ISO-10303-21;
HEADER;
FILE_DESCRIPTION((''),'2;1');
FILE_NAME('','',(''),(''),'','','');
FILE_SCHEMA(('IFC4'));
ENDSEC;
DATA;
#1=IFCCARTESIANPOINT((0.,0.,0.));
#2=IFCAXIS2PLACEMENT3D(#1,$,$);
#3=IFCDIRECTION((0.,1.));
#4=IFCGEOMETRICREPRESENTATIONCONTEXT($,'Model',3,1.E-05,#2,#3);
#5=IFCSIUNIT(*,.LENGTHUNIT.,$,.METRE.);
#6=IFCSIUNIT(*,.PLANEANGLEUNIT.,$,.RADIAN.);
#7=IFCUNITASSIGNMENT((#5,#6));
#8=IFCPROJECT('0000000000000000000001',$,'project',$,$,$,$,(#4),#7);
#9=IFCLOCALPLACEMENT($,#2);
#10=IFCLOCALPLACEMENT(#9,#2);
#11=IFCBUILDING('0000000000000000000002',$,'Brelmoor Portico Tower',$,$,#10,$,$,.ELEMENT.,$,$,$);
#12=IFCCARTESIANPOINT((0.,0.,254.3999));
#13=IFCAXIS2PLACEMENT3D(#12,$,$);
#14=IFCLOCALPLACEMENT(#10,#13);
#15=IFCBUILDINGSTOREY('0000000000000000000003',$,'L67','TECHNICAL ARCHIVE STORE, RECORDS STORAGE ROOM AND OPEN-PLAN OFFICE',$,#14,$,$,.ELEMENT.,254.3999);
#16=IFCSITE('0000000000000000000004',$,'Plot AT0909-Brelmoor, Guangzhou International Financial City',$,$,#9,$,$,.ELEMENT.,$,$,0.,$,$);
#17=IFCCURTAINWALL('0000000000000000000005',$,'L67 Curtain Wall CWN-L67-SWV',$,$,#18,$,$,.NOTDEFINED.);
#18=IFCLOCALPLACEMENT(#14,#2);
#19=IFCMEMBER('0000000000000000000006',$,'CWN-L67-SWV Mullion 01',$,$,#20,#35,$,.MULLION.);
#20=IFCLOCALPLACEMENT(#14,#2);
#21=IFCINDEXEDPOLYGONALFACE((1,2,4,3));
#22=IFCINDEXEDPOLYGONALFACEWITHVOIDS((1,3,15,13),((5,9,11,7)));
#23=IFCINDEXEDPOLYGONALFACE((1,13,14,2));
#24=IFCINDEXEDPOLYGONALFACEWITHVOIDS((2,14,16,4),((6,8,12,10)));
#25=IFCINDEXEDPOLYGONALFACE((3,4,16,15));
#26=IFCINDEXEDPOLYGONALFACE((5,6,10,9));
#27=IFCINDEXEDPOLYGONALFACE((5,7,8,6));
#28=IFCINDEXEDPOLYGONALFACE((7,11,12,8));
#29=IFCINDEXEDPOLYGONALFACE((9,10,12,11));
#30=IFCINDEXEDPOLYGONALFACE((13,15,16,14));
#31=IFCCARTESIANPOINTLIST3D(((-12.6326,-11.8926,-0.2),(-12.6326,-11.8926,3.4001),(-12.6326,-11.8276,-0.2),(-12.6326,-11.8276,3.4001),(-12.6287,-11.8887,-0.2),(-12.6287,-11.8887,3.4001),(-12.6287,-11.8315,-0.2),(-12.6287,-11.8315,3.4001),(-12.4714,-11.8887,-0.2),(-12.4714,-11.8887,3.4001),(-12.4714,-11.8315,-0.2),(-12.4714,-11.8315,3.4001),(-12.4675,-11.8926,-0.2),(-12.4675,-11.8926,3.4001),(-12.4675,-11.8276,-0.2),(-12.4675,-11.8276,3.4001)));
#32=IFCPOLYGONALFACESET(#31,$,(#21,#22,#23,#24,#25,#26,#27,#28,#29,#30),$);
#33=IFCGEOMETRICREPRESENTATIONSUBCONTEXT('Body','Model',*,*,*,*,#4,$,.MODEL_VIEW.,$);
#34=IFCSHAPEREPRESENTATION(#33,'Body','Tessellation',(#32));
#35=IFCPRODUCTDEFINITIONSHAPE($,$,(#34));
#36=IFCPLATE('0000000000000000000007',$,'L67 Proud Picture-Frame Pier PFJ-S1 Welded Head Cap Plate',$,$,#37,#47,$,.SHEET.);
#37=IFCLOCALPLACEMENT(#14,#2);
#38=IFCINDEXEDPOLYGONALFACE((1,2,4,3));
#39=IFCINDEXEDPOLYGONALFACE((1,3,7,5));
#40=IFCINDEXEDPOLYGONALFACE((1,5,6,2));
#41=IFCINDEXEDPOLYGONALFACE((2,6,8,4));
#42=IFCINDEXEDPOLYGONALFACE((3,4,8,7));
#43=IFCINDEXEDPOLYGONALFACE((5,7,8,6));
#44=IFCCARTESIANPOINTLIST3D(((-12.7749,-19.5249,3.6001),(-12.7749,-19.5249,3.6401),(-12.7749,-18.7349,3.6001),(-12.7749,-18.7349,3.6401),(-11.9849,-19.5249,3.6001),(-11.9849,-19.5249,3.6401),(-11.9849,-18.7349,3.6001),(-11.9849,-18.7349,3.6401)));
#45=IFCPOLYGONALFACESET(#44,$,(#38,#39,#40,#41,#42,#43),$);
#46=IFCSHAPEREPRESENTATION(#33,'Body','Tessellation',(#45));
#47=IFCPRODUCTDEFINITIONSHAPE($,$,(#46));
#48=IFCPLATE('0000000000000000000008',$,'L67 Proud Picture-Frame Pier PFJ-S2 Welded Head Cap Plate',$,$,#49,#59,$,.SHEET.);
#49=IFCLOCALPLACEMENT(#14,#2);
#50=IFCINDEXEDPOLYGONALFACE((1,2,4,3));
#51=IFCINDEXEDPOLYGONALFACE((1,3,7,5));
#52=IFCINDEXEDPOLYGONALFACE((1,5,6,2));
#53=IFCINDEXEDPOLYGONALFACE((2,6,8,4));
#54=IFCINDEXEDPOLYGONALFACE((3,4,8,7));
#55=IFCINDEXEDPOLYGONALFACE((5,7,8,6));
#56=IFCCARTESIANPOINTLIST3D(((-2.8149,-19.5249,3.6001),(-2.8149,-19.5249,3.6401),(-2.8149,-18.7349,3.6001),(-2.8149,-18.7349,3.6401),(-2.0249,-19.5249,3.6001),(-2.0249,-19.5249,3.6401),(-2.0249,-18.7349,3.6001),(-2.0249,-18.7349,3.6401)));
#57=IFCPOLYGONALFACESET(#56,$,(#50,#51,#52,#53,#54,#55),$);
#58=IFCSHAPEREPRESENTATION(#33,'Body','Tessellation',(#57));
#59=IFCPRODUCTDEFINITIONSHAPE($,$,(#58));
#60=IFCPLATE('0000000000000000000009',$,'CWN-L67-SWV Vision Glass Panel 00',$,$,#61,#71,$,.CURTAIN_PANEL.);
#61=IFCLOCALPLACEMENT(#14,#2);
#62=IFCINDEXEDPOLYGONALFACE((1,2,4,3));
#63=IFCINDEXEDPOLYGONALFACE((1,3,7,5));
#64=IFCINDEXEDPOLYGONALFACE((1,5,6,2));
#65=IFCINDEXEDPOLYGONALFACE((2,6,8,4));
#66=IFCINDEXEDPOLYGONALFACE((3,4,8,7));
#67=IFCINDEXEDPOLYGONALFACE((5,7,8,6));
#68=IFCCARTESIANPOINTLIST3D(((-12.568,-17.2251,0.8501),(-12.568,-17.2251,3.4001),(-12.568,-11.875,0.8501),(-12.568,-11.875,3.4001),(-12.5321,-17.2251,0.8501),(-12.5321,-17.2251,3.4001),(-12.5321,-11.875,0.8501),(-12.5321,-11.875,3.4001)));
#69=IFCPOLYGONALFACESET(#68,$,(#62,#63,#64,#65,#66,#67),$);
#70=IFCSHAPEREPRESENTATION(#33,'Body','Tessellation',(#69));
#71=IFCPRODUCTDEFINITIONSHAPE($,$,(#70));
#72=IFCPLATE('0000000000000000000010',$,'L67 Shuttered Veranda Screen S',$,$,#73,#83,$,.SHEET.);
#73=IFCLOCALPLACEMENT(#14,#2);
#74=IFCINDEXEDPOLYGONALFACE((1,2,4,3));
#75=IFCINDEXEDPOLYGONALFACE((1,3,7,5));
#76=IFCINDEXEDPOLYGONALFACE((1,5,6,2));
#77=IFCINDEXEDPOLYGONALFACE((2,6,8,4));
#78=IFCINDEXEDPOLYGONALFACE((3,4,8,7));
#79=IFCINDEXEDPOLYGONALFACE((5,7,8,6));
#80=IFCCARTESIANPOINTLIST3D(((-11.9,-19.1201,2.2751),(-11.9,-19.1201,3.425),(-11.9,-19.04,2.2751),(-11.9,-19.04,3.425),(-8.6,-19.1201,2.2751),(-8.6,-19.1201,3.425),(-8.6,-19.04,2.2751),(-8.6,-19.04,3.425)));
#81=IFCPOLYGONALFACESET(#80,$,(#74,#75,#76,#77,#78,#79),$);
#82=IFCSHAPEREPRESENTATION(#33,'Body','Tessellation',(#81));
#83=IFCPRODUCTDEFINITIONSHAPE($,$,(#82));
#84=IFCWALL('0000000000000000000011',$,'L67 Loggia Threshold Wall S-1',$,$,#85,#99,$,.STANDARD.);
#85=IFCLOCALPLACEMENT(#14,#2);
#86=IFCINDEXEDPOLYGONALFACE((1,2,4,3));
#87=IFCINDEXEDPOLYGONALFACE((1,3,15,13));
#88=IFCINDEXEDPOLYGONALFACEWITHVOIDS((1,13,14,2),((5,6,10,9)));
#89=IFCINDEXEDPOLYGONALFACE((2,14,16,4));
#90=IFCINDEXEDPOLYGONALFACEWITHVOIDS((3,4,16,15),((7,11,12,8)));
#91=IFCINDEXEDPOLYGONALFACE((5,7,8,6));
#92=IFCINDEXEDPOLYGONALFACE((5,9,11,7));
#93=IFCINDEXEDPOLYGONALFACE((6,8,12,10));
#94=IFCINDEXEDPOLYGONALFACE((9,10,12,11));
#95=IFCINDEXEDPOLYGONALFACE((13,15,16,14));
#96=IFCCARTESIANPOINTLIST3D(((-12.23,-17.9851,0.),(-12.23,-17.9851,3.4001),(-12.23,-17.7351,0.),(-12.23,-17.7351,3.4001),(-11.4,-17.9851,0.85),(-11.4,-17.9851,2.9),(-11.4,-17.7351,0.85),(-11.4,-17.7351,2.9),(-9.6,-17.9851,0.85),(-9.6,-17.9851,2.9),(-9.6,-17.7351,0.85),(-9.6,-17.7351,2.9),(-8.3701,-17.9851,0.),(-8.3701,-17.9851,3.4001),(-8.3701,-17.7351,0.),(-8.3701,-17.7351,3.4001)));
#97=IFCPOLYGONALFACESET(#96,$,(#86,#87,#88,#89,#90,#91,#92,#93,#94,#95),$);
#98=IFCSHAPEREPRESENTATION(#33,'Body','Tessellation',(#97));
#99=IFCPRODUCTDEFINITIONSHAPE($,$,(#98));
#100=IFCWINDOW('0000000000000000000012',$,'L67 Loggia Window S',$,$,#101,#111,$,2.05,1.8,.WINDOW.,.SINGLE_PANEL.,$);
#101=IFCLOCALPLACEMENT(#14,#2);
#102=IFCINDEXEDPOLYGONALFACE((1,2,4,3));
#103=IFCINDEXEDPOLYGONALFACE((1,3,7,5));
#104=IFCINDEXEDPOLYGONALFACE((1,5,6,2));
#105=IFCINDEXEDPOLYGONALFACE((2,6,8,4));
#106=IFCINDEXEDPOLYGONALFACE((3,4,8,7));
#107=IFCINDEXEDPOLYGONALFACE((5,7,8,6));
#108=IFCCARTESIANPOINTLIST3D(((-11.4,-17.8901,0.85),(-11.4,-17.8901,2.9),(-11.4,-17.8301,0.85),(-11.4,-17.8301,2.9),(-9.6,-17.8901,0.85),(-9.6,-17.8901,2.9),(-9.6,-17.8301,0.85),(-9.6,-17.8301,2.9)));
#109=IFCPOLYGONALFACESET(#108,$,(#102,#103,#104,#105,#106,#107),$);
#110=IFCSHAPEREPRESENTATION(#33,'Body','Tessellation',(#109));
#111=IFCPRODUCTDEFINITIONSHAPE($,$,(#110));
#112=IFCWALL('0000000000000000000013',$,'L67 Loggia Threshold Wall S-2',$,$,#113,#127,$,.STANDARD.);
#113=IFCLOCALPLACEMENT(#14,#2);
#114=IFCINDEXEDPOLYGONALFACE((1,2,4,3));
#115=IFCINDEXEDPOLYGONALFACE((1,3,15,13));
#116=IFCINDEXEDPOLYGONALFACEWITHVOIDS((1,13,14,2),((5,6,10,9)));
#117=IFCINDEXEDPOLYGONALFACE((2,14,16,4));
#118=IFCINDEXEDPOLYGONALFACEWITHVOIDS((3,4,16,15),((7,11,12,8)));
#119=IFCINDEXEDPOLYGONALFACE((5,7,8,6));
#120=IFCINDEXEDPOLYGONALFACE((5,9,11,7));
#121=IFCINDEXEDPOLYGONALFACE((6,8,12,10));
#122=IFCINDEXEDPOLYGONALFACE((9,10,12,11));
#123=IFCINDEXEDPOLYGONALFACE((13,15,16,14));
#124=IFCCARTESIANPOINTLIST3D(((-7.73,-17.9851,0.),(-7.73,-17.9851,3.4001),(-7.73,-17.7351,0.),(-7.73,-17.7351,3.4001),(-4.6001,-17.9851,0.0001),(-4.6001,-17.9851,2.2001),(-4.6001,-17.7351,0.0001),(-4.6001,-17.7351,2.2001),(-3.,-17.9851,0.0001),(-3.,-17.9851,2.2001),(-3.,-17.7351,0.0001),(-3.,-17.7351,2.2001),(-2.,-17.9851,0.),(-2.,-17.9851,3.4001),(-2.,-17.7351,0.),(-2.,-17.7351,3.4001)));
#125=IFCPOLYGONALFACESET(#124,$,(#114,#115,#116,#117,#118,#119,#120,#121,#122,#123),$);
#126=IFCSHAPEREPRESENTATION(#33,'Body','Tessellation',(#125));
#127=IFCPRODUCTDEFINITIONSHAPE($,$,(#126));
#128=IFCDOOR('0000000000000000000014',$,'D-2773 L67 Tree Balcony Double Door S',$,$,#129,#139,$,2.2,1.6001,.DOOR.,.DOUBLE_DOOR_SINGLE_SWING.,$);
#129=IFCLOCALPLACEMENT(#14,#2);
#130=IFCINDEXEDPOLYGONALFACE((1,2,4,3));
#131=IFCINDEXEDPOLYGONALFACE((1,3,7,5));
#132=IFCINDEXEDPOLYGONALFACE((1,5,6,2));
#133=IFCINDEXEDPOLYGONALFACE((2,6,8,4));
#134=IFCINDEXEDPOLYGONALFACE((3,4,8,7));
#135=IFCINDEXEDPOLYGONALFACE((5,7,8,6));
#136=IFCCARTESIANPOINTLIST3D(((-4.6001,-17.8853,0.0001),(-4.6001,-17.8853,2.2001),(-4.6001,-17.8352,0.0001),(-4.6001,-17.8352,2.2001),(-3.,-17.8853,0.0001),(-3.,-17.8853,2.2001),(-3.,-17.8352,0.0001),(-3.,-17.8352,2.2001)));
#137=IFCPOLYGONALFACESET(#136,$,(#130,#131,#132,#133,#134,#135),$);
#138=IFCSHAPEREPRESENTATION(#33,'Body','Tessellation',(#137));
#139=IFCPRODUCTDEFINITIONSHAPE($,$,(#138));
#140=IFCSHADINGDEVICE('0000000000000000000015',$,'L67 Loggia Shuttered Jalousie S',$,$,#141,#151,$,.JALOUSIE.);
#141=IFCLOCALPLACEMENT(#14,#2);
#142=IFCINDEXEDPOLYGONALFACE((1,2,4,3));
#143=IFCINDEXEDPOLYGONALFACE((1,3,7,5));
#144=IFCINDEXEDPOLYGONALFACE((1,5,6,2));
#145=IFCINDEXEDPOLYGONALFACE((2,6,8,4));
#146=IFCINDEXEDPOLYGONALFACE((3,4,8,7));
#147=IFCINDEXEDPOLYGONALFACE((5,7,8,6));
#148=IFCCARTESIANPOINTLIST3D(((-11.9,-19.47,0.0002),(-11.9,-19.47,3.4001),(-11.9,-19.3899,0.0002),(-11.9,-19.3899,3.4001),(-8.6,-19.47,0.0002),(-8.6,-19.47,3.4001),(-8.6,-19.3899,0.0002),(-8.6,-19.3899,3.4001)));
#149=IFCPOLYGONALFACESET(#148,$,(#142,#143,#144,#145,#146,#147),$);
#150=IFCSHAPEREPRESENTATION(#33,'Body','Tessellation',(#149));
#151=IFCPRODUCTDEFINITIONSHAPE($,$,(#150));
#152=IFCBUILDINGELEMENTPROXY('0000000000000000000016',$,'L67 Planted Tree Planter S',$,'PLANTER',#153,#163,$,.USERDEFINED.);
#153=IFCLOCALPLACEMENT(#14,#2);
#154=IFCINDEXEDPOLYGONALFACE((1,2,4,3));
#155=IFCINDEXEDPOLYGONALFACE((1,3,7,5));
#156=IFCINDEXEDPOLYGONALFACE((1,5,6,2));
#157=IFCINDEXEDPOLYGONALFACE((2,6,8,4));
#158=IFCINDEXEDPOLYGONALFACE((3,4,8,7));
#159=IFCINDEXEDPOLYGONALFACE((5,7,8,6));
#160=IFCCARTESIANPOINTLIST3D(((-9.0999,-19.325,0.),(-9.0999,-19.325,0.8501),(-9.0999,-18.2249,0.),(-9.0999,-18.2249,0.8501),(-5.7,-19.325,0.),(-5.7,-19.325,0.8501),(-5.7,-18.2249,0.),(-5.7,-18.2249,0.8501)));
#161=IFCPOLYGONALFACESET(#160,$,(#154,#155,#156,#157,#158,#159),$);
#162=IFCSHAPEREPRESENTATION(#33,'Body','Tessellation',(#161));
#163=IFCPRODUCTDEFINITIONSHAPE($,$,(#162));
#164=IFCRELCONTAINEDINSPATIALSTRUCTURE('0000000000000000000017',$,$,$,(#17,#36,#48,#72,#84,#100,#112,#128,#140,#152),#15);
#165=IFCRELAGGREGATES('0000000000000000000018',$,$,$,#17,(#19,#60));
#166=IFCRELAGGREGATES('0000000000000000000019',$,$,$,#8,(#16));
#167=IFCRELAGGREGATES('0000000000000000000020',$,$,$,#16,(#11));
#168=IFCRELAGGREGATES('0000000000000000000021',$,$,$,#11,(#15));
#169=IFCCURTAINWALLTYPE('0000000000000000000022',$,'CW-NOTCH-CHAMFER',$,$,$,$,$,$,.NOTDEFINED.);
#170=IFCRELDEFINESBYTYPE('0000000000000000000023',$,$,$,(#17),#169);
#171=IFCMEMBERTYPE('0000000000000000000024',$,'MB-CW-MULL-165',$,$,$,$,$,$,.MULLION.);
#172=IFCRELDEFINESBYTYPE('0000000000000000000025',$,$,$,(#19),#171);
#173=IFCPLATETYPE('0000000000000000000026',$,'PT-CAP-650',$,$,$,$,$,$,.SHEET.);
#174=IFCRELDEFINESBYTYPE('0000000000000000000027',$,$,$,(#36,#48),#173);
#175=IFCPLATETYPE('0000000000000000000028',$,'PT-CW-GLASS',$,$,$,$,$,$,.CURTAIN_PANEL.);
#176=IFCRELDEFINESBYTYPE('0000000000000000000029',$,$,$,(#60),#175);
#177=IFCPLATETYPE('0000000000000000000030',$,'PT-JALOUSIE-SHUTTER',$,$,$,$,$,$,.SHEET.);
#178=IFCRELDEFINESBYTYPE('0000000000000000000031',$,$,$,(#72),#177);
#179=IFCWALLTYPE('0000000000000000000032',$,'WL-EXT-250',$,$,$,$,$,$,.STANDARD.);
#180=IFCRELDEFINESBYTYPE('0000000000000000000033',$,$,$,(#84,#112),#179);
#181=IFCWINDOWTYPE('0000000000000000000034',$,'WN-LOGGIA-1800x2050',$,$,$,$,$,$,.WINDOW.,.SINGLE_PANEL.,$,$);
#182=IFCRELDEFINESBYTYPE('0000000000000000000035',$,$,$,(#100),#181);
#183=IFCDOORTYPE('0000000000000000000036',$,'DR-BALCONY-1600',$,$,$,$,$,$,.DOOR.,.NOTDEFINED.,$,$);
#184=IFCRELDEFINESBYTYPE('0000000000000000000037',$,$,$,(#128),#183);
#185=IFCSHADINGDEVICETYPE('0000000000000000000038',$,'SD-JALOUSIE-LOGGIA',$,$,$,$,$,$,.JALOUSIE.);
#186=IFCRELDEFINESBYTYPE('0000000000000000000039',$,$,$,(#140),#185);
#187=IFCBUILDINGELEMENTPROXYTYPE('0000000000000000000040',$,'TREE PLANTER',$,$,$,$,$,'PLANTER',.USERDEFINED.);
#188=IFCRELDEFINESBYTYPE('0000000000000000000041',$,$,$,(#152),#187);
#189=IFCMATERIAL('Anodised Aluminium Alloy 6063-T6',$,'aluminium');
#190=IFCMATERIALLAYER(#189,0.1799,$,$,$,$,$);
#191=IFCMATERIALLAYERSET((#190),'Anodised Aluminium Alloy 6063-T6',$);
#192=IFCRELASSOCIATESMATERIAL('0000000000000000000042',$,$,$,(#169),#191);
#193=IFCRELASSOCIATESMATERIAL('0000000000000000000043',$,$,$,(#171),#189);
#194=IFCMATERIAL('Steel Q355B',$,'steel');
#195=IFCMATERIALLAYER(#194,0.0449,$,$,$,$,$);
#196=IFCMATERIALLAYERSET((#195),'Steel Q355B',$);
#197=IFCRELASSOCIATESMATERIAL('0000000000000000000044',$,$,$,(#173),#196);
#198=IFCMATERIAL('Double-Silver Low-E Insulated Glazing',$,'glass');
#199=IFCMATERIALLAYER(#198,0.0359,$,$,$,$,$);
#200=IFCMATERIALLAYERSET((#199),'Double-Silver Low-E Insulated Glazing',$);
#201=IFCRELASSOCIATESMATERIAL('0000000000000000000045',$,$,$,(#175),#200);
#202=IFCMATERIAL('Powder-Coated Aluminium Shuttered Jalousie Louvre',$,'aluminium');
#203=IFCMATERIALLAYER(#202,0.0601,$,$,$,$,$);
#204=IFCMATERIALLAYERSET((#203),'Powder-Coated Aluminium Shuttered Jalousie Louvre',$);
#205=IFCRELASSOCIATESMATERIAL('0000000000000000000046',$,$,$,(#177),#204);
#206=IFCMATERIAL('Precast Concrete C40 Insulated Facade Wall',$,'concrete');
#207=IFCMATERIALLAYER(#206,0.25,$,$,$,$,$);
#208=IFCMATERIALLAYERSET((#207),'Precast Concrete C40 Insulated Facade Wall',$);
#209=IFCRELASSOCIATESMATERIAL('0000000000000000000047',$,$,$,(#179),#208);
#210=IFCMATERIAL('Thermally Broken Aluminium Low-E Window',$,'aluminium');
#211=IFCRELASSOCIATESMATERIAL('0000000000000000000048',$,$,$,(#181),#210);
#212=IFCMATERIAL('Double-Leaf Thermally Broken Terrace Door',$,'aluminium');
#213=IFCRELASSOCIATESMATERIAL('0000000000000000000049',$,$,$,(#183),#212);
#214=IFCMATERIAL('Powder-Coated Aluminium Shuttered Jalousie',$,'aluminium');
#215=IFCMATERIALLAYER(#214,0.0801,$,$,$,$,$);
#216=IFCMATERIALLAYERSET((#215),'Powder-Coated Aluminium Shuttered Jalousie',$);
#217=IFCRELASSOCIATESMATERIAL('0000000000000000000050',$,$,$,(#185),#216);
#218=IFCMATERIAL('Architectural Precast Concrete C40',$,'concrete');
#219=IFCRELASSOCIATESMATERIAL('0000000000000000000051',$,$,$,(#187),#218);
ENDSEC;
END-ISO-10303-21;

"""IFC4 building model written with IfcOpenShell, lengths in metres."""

from ifc_helpers import new_model, si_unit, direction, frame, frame_2d, origin, origin_2d, place, context, subcontext, project, spatial, rectangle, hollow_rectangle, extrude, material, layer, layer_set, material_profile, profile_set, type_object, element, fill, aggregate, save


model = new_model("IFC4")

# Units and contexts
model_context = context("Model", 3, precision=1e-05, world=origin(), true_north=direction((0.0, 1.0)))
body_context = subcontext(model_context, "Body", "Model", "MODEL_VIEW")
ifc_project = project(units=[si_unit("LENGTHUNIT", "METRE"), si_unit("PLANEANGLEUNIT", "RADIAN")], contexts=[model_context])

# Site, building, storey
site_placement = place(None, origin())
site = spatial("IfcSite", under=ifc_project, at=site_placement, Name="Plot AT0909-Brelmoor, Guangzhou International Financial City", CompositionType="ELEMENT", RefElevation=0.0)
building_placement = place(site_placement, origin())
building = spatial("IfcBuilding", under=site, at=building_placement, Name="Brelmoor Portico Tower", CompositionType="ELEMENT")
storey_placement = place(building_placement, frame((0.0, 0.0, 254.3999)))
storey = spatial("IfcBuildingStorey", under=building, at=storey_placement, Name="L67", Description="TECHNICAL ARCHIVE STORE, RECORDS STORAGE ROOM AND OPEN-PLAN OFFICE", CompositionType="ELEMENT", Elevation=254.3999)

# Shared definitions
ifc_material_1 = material(Name="Steel Q355B", Category="steel")

# Curtain wall, member
ifc_material_2 = material(Name="Anodised Aluminium Alloy 6063-T6", Category="aluminium")
ifc_layer_1 = layer(ifc_material_2, 0.1799)
ifc_layer_set_1 = layer_set([ifc_layer_1], Name="Anodised Aluminium Alloy 6063-T6")
curtain_wall_type = type_object("IfcCurtainWallType", Name="CW-NOTCH-CHAMFER", PredefinedType="NOTDEFINED", material=ifc_layer_set_1)
curtain_wall_placement = place(storey_placement, origin())
curtain_wall = element("IfcCurtainWall", 1, at=curtain_wall_placement, inside=storey, type_object=curtain_wall_type, Name="L67 Curtain Wall CWN-L67-SWV", PredefinedType="NOTDEFINED")
ifc_material_profile_1 = material_profile(ifc_material_2, hollow_rectangle(XDim=0.0649, YDim=0.165, WallThickness=0.0039, at=origin_2d()), Name="ALU MULLION 65x165")
ifc_profile_set_1 = profile_set([ifc_material_profile_1], Name="Anodised Aluminium Alloy 6063-T6")
member_type = type_object("IfcMemberType", Name="MB-CW-MULL-165", PredefinedType="MULLION", material=ifc_profile_set_1)
member_placement = place(storey_placement, frame((-12.55, -11.8601, -0.2), z_axis=(0.0, 0.0, 1.0), x_axis=(0.0, 1.0, 0.0)))
member = element("IfcMember", 2, at=member_placement, type_object=member_type, Name="CWN-L67-SWV Mullion 01", PredefinedType="MULLION", context=body_context, shape_type="SweptSolid", body=[
    extrude(hollow_rectangle(XDim=0.0649, YDim=0.165, WallThickness=0.0039, at=origin_2d()), origin(), (0.0, 0.0, 1.0), 3.6001),
])

# Plates
ifc_layer_2 = layer(ifc_material_1, 0.0449)
ifc_layer_set_2 = layer_set([ifc_layer_2], Name="Steel Q355B")
plate_type_1 = type_object("IfcPlateType", Name="PT-CAP-650", PredefinedType="SHEET", material=ifc_layer_set_2)
for number, where, z_axis, x_axis, name in (
    (3, (-12.3799, -19.1299, 3.6001), (0.0, 0.0, 1.0), (1.0, 0.0, 0.0), "L67 Proud Picture-Frame Pier PFJ-S1 Welded Head Cap Plate"),
    (4, (-2.4199, -19.1299, 3.6001), (0.0, 0.0, 1.0), (1.0, 0.0, 0.0), "L67 Proud Picture-Frame Pier PFJ-S2 Welded Head Cap Plate"),
):
    element("IfcPlate", number, at=place(storey_placement, frame(where, z_axis=z_axis, x_axis=x_axis)), inside=storey, type_object=plate_type_1, Name=name, PredefinedType="SHEET", context=body_context, shape_type="SweptSolid", body=[
        extrude(rectangle(XDim=0.79, YDim=0.79, at=origin_2d()), origin(), (0.0, 0.0, 1.0), 0.04),
    ])

# Plates
ifc_material_3 = material(Name="Double-Silver Low-E Insulated Glazing", Category="glass")
ifc_layer_3 = layer(ifc_material_3, 0.0359)
ifc_layer_set_3 = layer_set([ifc_layer_3], Name="Double-Silver Low-E Insulated Glazing")
plate_type_2 = type_object("IfcPlateType", Name="PT-CW-GLASS", PredefinedType="CURTAIN_PANEL", material=ifc_layer_set_3)
plate_1_placement = place(storey_placement, frame((-12.55, -14.55, 0.8501), z_axis=(0.0, 0.0, 1.0), x_axis=(0.0, 1.0, 0.0)))
plate_1 = element("IfcPlate", 5, at=plate_1_placement, type_object=plate_type_2, Name="CWN-L67-SWV Vision Glass Panel 00", PredefinedType="CURTAIN_PANEL", context=body_context, shape_type="SweptSolid", body=[
    extrude(rectangle(XDim=5.3501, YDim=0.0359, at=origin_2d()), origin(), (0.0, 0.0, 1.0), 2.55),
])
aggregate(curtain_wall, [member, plate_1])
ifc_material_4 = material(Name="Powder-Coated Aluminium Shuttered Jalousie Louvre", Category="aluminium")
ifc_layer_4 = layer(ifc_material_4, 0.0601)
ifc_layer_set_4 = layer_set([ifc_layer_4], Name="Powder-Coated Aluminium Shuttered Jalousie Louvre")
plate_type_3 = type_object("IfcPlateType", Name="PT-JALOUSIE-SHUTTER", PredefinedType="SHEET", material=ifc_layer_set_4)
plate_2_placement = place(storey_placement, frame((-10.25, -19.0801, 2.2751), z_axis=(0.0, 0.0, 1.0), x_axis=(1.0, 0.0, 0.0)))
element("IfcPlate", 6, at=plate_2_placement, inside=storey, type_object=plate_type_3, Name="L67 Shuttered Veranda Screen S", PredefinedType="SHEET", context=body_context, shape_type="SweptSolid", body=[
    extrude(rectangle(XDim=3.3, YDim=0.0801, at=origin_2d()), origin(), (0.0, 0.0, 1.0), 1.1499),
])

# Wall, opening, window
ifc_material_5 = material(Name="Precast Concrete C40 Insulated Facade Wall", Category="concrete")
ifc_layer_5 = layer(ifc_material_5, 0.25)
ifc_layer_set_5 = layer_set([ifc_layer_5], Name="Precast Concrete C40 Insulated Facade Wall")
wall_type = type_object("IfcWallType", Name="WL-EXT-250", PredefinedType="STANDARD", material=ifc_layer_set_5)
wall_1_placement = place(storey_placement, frame((-12.23, -17.8601, 0.0), z_axis=(0.0, 0.0, 1.0), x_axis=(1.0, 0.0, 0.0)))
wall_1 = element("IfcWall", 7, at=wall_1_placement, inside=storey, type_object=wall_type, Name="L67 Loggia Threshold Wall S-1", PredefinedType="STANDARD", context=body_context, shape_type="SweptSolid", body=[
    extrude(rectangle(XDim=3.8599, YDim=0.25, at=frame_2d((1.9299, 0.0))), origin(), (0.0, 0.0, 1.0), 3.4001),
])
opening_1_placement = place(wall_1_placement, frame((0.8301, 0.0, 0.8501)))
opening_1 = element("IfcOpeningElement", 8, at=opening_1_placement, cuts=wall_1, PredefinedType="OPENING", context=body_context, shape_type="SweptSolid", body=[
    extrude(rectangle(XDim=1.8, YDim=2.05, at=frame_2d((0.8999, 1.0249))), frame((0.0, 0.135, 0.0), z_axis=(0.0, -1.0, 0.0), x_axis=(1.0, 0.0, 0.0)), (0.0, 0.0, 1.0), 0.27),
])
ifc_material_6 = material(Name="Thermally Broken Aluminium Low-E Window", Category="aluminium")
window_type = type_object("IfcWindowType", Name="WN-LOGGIA-1800x2050", PartitioningType="SINGLE_PANEL", PredefinedType="WINDOW", material=ifc_material_6)
window_placement = place(opening_1_placement, origin())
window = element("IfcWindow", 9, at=window_placement, inside=storey, type_object=window_type, Name="L67 Loggia Window S", OverallHeight=2.05, OverallWidth=1.8, PartitioningType="SINGLE_PANEL", PredefinedType="WINDOW", context=body_context, shape_type="SweptSolid", body=[
    extrude(rectangle(XDim=1.8, YDim=2.05, at=frame_2d((0.8999, 1.0249))), frame((0.0, 0.03, 0.0), z_axis=(0.0, -1.0, 0.0), x_axis=(1.0, 0.0, 0.0)), (0.0, 0.0, 1.0), 0.0601),
])
fill(opening_1, window)

# Wall, opening, door
wall_2_placement = place(storey_placement, frame((-7.73, -17.8601, 0.0), z_axis=(0.0, 0.0, 1.0), x_axis=(1.0, 0.0, 0.0)))
wall_2 = element("IfcWall", 10, at=wall_2_placement, inside=storey, type_object=wall_type, Name="L67 Loggia Threshold Wall S-2", PredefinedType="STANDARD", context=body_context, shape_type="SweptSolid", body=[
    extrude(rectangle(XDim=5.73, YDim=0.25, at=frame_2d((2.865, 0.0))), origin(), (0.0, 0.0, 1.0), 3.4001),
])
opening_2_placement = place(wall_2_placement, frame((3.1299, 0.0, 0.0)))
opening_2 = element("IfcOpeningElement", 11, at=opening_2_placement, cuts=wall_2, PredefinedType="OPENING", context=body_context, shape_type="SweptSolid", body=[
    extrude(rectangle(XDim=1.6001, YDim=2.2, at=frame_2d((0.8, 1.1001))), frame((0.0, 0.135, 0.0), z_axis=(0.0, -1.0, 0.0), x_axis=(1.0, 0.0, 0.0)), (0.0, 0.0, 1.0), 0.27),
])
ifc_material_7 = material(Name="Double-Leaf Thermally Broken Terrace Door", Category="aluminium")
door_type = type_object("IfcDoorType", Name="DR-BALCONY-1600", OperationType="NOTDEFINED", PredefinedType="DOOR", material=ifc_material_7)
door_placement = place(opening_2_placement, origin())
door = element("IfcDoor", 12, at=door_placement, inside=storey, type_object=door_type, Name="D-2773 L67 Tree Balcony Double Door S", OperationType="DOUBLE_DOOR_SINGLE_SWING", OverallHeight=2.2, OverallWidth=1.6001, PredefinedType="DOOR", context=body_context, shape_type="SweptSolid", body=[
    extrude(rectangle(XDim=1.6001, YDim=2.2, at=frame_2d((0.8, 1.1001))), frame((0.0, 0.0249, 0.0), z_axis=(0.0, -1.0, 0.0), x_axis=(1.0, 0.0, 0.0)), (0.0, 0.0, 1.0), 0.05),
])
fill(opening_2, door)

# Shading device
ifc_material_8 = material(Name="Powder-Coated Aluminium Shuttered Jalousie", Category="aluminium")
ifc_layer_6 = layer(ifc_material_8, 0.0801)
ifc_layer_set_6 = layer_set([ifc_layer_6], Name="Powder-Coated Aluminium Shuttered Jalousie")
shading_device_type = type_object("IfcShadingDeviceType", Name="SD-JALOUSIE-LOGGIA", PredefinedType="JALOUSIE", material=ifc_layer_set_6)
shading_device_placement = place(storey_placement, frame((-10.25, -19.4299, 0.0002), z_axis=(0.0, 0.0, 1.0), x_axis=(1.0, 0.0, 0.0)))
element("IfcShadingDevice", 13, at=shading_device_placement, inside=storey, type_object=shading_device_type, Name="L67 Loggia Shuttered Jalousie S", PredefinedType="JALOUSIE", context=body_context, shape_type="SweptSolid", body=[
    extrude(rectangle(XDim=3.3, YDim=0.0801, at=origin_2d()), origin(), (0.0, 0.0, 1.0), 3.3999),
])

# Building element proxy
ifc_material_9 = material(Name="Architectural Precast Concrete C40", Category="concrete")
building_element_proxy_type = type_object("IfcBuildingElementProxyType", Name="TREE PLANTER", ElementType="PLANTER", PredefinedType="USERDEFINED", material=ifc_material_9)
proxy_placement = place(storey_placement, frame((-7.3999, -18.7749, 0.0), z_axis=(0.0, 0.0, 1.0), x_axis=(1.0, 0.0, 0.0)))
element("IfcBuildingElementProxy", 14, at=proxy_placement, inside=storey, type_object=building_element_proxy_type, Name="L67 Planted Tree Planter S", ObjectType="PLANTER", PredefinedType="USERDEFINED", context=body_context, shape_type="SweptSolid", body=[
    extrude(rectangle(XDim=3.3999, YDim=1.1001, at=origin_2d()), origin(), (0.0, 0.0, 1.0), 0.8501),
])

save(model, "model.ifc")
